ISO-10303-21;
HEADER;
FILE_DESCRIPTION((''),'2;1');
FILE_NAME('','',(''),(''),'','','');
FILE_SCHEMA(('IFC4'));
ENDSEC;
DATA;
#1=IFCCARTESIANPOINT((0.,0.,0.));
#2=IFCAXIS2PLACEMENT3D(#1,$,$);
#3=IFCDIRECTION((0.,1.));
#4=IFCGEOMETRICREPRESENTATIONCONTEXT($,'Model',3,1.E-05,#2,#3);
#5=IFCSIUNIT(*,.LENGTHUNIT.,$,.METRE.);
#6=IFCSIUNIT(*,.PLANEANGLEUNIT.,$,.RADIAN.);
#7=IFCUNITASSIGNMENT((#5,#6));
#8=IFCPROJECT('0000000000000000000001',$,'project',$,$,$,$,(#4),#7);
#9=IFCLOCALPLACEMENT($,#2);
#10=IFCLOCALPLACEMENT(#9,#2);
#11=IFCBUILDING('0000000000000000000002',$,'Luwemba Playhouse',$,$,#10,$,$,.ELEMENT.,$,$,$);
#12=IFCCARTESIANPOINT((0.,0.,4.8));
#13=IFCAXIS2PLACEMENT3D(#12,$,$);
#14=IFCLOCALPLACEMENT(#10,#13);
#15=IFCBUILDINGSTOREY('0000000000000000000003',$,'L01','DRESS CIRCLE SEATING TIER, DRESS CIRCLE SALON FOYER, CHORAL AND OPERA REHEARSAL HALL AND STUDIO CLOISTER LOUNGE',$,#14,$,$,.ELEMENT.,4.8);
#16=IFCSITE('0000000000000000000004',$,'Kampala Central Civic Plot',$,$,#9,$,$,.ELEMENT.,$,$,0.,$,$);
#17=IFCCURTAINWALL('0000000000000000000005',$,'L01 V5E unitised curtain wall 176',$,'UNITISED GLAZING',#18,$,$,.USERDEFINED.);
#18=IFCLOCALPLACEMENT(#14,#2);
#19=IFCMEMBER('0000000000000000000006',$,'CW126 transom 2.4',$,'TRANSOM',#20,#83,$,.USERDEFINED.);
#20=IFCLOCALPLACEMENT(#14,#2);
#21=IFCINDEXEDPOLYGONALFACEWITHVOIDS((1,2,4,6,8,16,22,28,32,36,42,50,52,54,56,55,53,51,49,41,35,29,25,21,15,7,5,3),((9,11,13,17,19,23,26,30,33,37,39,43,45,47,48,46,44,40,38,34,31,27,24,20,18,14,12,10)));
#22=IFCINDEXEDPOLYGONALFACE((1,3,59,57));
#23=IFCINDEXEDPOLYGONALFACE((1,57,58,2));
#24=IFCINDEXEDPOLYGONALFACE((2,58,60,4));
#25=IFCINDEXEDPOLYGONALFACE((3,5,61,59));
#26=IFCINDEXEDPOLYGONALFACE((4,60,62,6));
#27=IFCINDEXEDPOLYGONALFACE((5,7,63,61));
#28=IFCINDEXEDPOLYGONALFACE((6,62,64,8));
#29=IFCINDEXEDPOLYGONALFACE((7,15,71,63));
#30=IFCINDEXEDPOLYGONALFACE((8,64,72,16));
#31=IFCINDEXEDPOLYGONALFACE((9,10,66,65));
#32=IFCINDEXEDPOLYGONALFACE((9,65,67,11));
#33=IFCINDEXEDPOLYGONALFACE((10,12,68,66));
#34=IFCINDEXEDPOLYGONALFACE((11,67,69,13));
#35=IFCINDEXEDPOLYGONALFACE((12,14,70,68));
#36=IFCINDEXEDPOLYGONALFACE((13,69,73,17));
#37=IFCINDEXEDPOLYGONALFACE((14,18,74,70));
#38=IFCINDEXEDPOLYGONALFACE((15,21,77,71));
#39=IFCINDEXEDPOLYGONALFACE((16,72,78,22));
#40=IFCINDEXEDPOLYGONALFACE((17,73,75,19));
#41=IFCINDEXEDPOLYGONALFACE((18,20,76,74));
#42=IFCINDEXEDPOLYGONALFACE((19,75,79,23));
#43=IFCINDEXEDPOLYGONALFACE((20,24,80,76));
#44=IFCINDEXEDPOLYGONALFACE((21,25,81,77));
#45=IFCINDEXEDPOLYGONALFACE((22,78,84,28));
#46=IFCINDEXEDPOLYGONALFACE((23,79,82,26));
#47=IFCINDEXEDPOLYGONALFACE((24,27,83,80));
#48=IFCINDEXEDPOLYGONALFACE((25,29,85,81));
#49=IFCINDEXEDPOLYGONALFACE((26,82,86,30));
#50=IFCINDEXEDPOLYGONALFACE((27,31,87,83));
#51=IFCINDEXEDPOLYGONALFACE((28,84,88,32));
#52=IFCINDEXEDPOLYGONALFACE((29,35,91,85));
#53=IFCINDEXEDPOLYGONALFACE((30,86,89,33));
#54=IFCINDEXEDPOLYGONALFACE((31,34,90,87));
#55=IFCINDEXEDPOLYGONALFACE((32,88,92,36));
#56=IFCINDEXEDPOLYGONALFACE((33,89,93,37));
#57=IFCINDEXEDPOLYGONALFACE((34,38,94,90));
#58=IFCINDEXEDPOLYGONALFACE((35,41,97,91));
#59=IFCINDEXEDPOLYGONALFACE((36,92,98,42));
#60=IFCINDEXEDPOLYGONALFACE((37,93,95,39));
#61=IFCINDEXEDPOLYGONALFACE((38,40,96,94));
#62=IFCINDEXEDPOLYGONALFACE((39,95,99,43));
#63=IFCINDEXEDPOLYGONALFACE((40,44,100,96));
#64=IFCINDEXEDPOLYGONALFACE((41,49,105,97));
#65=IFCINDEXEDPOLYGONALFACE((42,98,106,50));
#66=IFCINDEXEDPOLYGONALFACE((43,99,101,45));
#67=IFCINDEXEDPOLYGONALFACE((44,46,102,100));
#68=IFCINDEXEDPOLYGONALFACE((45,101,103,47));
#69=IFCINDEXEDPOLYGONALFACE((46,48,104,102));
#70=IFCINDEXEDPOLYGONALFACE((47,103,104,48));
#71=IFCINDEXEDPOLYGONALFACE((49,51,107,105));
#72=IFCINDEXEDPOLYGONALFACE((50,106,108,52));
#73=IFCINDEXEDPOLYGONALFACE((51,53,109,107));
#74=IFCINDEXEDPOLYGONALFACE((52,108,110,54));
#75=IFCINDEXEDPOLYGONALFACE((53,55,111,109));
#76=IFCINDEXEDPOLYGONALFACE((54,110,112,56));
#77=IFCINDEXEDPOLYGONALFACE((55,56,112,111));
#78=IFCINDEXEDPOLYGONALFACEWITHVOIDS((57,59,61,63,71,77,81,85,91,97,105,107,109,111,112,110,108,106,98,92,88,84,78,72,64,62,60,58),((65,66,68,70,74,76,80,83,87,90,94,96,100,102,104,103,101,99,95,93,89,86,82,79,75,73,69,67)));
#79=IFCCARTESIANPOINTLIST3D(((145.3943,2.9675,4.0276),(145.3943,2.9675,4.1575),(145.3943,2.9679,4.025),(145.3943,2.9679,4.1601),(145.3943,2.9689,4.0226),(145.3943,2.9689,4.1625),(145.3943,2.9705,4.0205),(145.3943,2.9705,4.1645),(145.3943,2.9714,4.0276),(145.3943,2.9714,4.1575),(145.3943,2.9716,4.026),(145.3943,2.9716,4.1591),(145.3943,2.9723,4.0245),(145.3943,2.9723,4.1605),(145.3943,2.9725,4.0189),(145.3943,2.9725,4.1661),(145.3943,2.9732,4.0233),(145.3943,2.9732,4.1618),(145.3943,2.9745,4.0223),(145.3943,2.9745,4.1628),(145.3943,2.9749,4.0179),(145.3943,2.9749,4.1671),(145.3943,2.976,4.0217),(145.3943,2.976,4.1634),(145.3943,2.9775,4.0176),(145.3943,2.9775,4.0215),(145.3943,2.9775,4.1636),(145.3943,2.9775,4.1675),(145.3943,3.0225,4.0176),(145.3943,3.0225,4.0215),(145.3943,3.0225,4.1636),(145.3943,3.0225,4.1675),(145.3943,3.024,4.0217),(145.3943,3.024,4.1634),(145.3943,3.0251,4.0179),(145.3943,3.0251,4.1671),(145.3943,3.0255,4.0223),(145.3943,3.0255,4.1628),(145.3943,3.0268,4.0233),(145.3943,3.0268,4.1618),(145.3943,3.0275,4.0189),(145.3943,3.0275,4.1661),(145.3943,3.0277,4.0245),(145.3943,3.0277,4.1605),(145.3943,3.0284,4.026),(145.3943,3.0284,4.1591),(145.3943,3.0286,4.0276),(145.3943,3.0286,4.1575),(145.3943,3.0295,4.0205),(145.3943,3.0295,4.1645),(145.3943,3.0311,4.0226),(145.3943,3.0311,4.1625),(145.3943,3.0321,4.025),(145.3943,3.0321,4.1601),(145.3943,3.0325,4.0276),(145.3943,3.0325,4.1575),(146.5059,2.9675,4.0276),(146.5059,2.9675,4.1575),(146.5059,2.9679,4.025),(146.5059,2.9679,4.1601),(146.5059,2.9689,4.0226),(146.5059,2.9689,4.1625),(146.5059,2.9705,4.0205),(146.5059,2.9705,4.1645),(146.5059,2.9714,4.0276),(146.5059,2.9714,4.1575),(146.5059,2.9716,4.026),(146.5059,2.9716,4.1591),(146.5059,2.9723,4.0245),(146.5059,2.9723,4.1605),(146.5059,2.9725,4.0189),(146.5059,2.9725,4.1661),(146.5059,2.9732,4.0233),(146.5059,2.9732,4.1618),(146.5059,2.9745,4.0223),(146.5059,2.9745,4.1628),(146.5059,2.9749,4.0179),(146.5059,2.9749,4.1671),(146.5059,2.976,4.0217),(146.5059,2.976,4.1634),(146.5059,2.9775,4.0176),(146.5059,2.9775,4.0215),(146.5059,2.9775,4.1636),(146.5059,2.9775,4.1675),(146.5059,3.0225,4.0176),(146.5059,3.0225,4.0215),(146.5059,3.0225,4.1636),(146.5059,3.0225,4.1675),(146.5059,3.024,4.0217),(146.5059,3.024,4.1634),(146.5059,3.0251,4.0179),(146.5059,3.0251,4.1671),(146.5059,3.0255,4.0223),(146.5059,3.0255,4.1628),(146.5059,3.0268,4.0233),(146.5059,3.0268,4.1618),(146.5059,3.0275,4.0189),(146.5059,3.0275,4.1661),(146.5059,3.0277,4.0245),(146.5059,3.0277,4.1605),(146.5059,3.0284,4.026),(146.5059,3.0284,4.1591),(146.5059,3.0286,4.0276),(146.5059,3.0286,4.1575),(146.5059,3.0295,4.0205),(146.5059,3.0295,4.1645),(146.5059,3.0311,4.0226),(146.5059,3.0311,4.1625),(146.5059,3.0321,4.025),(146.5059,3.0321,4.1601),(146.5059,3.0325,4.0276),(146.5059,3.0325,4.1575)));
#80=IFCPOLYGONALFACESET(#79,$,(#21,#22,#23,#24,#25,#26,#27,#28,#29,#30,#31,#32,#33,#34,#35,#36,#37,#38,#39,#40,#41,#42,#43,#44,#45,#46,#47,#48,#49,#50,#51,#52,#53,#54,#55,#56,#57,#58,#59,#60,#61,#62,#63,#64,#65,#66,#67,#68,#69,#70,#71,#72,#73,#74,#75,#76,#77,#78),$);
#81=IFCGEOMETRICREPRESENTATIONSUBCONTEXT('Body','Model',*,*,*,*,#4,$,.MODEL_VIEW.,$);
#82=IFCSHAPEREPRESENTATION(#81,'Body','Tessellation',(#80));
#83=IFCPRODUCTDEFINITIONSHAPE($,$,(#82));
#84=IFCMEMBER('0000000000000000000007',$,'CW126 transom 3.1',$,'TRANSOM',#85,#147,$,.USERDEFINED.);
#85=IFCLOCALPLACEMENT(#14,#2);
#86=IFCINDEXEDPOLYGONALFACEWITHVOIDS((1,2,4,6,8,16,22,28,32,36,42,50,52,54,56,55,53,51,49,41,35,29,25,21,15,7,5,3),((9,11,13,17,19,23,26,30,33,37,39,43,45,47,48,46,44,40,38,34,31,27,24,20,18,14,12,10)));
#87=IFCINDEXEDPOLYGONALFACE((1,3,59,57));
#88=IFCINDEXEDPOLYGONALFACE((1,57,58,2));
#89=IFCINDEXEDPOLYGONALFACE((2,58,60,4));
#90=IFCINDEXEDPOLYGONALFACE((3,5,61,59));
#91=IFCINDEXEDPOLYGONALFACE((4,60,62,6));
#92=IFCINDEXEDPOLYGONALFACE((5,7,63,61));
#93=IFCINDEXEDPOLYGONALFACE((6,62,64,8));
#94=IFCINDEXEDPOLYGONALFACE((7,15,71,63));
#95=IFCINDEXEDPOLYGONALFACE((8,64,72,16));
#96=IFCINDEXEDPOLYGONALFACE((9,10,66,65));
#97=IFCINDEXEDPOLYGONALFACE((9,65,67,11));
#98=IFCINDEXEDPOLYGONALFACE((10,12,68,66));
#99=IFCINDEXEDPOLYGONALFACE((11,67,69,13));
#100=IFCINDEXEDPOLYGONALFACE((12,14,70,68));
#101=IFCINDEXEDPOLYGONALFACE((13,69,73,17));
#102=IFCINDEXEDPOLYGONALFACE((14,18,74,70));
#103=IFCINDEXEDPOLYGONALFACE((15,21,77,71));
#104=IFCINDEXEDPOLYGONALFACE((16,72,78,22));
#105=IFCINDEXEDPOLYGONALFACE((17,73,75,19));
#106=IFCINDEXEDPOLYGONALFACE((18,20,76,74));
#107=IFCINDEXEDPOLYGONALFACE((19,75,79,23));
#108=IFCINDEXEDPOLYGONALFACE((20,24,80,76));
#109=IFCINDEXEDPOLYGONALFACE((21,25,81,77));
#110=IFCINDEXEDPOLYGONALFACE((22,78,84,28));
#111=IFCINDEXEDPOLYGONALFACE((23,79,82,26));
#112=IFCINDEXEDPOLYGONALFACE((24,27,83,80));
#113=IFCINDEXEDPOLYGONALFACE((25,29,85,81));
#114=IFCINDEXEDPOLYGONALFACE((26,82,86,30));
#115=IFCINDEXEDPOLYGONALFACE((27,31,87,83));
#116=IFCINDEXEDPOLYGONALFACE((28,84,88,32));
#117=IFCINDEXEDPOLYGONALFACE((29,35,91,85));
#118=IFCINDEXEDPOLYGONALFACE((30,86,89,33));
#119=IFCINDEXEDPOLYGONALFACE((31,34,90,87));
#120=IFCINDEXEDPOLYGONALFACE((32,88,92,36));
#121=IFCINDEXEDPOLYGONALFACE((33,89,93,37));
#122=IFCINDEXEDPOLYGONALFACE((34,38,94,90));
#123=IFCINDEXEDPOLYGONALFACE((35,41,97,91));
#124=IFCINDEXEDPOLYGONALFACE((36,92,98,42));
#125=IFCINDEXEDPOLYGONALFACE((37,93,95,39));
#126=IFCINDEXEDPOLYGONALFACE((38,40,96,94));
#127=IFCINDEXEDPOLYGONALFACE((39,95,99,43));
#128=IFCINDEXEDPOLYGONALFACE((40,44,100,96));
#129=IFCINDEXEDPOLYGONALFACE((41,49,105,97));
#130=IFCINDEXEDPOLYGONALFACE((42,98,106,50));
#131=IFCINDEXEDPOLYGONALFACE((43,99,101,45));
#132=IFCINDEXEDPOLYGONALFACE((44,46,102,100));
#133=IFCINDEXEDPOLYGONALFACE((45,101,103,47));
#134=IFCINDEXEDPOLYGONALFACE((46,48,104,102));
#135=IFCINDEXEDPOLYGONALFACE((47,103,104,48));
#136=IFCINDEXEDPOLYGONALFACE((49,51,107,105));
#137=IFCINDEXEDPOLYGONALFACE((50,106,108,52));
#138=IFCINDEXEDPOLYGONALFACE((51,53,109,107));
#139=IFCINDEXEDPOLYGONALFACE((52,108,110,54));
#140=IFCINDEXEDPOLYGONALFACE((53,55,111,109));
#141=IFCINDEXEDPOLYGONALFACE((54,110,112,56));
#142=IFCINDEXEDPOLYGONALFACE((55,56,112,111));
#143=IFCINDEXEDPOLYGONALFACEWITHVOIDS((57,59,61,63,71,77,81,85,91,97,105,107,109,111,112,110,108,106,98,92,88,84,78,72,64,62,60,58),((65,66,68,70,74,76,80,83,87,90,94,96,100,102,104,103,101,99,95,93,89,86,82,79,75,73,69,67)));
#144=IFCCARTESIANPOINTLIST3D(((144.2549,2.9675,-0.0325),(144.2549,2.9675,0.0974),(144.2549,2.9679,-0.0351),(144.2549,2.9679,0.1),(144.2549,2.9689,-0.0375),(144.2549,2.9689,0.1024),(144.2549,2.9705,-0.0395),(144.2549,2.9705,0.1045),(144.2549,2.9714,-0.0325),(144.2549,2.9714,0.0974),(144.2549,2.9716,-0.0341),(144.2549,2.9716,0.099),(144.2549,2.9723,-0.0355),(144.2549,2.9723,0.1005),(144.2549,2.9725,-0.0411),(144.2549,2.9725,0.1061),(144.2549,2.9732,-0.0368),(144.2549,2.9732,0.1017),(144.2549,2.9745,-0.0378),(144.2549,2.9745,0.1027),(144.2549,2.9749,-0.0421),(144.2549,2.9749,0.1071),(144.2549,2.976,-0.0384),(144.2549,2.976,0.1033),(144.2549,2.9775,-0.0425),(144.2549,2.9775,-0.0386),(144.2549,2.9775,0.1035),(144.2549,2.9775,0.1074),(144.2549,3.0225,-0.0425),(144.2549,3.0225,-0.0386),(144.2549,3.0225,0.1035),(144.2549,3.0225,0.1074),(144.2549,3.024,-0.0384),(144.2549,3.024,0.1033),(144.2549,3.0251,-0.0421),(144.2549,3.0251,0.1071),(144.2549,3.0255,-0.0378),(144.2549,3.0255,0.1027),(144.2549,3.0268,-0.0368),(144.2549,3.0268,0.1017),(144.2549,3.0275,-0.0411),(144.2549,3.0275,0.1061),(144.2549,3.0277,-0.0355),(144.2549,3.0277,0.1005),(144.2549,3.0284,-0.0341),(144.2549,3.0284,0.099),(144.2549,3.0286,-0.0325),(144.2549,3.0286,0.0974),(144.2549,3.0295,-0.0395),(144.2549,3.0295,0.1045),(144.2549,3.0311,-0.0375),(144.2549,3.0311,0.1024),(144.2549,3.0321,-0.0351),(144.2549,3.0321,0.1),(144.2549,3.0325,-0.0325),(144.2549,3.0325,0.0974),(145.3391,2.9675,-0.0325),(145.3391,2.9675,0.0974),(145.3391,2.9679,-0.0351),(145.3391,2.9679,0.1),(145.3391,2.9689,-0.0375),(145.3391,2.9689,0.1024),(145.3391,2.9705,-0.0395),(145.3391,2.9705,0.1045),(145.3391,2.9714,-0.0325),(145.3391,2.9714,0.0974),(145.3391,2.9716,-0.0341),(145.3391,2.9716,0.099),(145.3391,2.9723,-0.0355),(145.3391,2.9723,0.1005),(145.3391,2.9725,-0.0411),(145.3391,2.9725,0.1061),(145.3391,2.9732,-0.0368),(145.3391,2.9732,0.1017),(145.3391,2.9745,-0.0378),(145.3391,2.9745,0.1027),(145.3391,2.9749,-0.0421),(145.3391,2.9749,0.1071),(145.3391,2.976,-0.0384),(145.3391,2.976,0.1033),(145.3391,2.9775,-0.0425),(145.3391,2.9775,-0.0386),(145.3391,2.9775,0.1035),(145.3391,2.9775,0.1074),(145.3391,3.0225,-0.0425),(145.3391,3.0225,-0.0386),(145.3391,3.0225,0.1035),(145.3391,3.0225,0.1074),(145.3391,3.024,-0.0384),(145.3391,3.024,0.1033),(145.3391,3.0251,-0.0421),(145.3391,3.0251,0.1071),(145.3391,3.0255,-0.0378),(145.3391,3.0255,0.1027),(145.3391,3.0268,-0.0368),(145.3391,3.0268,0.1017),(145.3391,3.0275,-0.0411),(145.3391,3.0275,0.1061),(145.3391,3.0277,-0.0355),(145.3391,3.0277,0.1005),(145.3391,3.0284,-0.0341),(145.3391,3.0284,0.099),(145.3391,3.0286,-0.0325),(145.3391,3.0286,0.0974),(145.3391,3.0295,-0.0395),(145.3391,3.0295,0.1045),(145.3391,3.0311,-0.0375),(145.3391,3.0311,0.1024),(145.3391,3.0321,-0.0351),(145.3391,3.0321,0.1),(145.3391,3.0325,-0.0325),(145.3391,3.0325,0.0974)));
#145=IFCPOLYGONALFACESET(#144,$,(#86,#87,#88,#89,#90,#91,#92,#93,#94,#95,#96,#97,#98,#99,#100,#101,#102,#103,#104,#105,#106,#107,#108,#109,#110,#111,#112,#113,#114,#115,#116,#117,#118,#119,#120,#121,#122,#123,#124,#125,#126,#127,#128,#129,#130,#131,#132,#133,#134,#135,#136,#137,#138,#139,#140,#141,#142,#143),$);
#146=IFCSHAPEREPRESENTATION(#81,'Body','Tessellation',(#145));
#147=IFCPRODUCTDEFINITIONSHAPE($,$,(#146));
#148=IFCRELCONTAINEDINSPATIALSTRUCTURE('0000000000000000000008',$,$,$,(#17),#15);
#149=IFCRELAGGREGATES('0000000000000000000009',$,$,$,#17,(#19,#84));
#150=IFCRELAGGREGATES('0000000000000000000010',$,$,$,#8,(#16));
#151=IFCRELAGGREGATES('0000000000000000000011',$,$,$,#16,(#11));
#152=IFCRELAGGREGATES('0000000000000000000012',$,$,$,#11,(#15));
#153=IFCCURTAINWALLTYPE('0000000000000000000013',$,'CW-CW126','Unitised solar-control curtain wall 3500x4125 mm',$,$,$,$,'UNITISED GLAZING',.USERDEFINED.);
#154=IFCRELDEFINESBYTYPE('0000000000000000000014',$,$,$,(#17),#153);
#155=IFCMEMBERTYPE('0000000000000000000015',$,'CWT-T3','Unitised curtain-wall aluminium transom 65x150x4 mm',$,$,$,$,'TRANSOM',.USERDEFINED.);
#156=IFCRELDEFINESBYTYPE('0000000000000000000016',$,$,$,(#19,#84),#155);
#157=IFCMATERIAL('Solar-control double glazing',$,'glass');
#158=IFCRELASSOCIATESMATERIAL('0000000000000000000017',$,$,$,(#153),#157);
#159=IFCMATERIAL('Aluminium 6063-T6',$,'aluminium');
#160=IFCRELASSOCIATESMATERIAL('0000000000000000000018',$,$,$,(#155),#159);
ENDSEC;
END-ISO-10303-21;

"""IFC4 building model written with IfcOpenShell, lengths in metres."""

from ifc_helpers import new_model, si_unit, direction, frame, origin, origin_2d, place, context, subcontext, project, spatial, hollow_rectangle, extrude, material, material_profile, profile_set, type_object, element, aggregate, save


model = new_model("IFC4")

# Units and contexts
model_context = context("Model", 3, precision=1e-05, world=origin(), true_north=direction((0.0, 1.0)))
body_context = subcontext(model_context, "Body", "Model", "MODEL_VIEW")
ifc_project = project(units=[si_unit("LENGTHUNIT", "METRE"), si_unit("PLANEANGLEUNIT", "RADIAN")], contexts=[model_context])

# Site, building, storey
site_placement = place(None, origin())
site = spatial("IfcSite", under=ifc_project, at=site_placement, Name="Kampala Central Civic Plot", CompositionType="ELEMENT", RefElevation=0.0)
building_placement = place(site_placement, origin())
building = spatial("IfcBuilding", under=site, at=building_placement, Name="Luwemba Playhouse", CompositionType="ELEMENT")
storey_placement = place(building_placement, frame((0.0, 0.0, 4.8)))
storey = spatial("IfcBuildingStorey", under=building, at=storey_placement, Name="L01", Description="DRESS CIRCLE SEATING TIER, DRESS CIRCLE SALON FOYER, CHORAL AND OPERA REHEARSAL HALL AND STUDIO CLOISTER LOUNGE", CompositionType="ELEMENT", Elevation=4.8)

# Curtain wall, members
ifc_material_1 = material(Name="Solar-control double glazing", Category="glass")
curtain_wall_type = type_object("IfcCurtainWallType", Name="CW-CW126", Description="Unitised solar-control curtain wall 3500x4125 mm", ElementType="UNITISED GLAZING", PredefinedType="USERDEFINED", material=ifc_material_1)
curtain_wall_placement = place(storey_placement, origin())
curtain_wall = element("IfcCurtainWall", 1, at=curtain_wall_placement, inside=storey, type_object=curtain_wall_type, Name="L01 V5E unitised curtain wall 176", ObjectType="UNITISED GLAZING", PredefinedType="USERDEFINED")
ifc_material_2 = material(Name="Aluminium 6063-T6", Category="aluminium")
ifc_material_profile_1 = material_profile(ifc_material_2, hollow_rectangle(XDim=0.0649, YDim=0.1499, WallThickness=0.0039, InnerFilletRadius=0.0061, OuterFilletRadius=0.01, at=origin_2d()))
ifc_profile_set_1 = profile_set([ifc_material_profile_1], Name="Aluminium 6063-T6")
member_type_1 = type_object("IfcMemberType", Name="CWT-T3", Description="Unitised curtain-wall aluminium transom 65x150x4 mm", ElementType="TRANSOM", PredefinedType="USERDEFINED", material=ifc_profile_set_1)
member_1_placement = place(storey_placement, frame((146.5059, 3.0, 4.0925), z_axis=(-1.0, 0.0, 0.0), x_axis=(0.0, -1.0, 0.0)))
member_1 = element("IfcMember", 2, at=member_1_placement, type_object=member_type_1, Name="CW126 transom 2.4", ObjectType="TRANSOM", PredefinedType="USERDEFINED", context=body_context, shape_type="SweptSolid", body=[
    extrude(hollow_rectangle(XDim=0.0649, YDim=0.1499, WallThickness=0.0039, InnerFilletRadius=0.0061, OuterFilletRadius=0.01, at=origin_2d()), origin(), (0.0, 0.0, 1.0), 1.1116),
])
member_2_placement = place(storey_placement, frame((145.3391, 3.0, 0.0325), z_axis=(-1.0, 0.0, 0.0), x_axis=(0.0, -1.0, 0.0)))
member_2 = element("IfcMember", 3, at=member_2_placement, type_object=member_type_1, Name="CW126 transom 3.1", ObjectType="TRANSOM", PredefinedType="USERDEFINED", context=body_context, shape_type="SweptSolid", body=[
    extrude(hollow_rectangle(XDim=0.0649, YDim=0.1499, WallThickness=0.0039, InnerFilletRadius=0.0061, OuterFilletRadius=0.01, at=origin_2d()), origin(), (0.0, 0.0, 1.0), 1.0842),
])

aggregate(curtain_wall, [member_1, member_2])

save(model, "model.ifc")
